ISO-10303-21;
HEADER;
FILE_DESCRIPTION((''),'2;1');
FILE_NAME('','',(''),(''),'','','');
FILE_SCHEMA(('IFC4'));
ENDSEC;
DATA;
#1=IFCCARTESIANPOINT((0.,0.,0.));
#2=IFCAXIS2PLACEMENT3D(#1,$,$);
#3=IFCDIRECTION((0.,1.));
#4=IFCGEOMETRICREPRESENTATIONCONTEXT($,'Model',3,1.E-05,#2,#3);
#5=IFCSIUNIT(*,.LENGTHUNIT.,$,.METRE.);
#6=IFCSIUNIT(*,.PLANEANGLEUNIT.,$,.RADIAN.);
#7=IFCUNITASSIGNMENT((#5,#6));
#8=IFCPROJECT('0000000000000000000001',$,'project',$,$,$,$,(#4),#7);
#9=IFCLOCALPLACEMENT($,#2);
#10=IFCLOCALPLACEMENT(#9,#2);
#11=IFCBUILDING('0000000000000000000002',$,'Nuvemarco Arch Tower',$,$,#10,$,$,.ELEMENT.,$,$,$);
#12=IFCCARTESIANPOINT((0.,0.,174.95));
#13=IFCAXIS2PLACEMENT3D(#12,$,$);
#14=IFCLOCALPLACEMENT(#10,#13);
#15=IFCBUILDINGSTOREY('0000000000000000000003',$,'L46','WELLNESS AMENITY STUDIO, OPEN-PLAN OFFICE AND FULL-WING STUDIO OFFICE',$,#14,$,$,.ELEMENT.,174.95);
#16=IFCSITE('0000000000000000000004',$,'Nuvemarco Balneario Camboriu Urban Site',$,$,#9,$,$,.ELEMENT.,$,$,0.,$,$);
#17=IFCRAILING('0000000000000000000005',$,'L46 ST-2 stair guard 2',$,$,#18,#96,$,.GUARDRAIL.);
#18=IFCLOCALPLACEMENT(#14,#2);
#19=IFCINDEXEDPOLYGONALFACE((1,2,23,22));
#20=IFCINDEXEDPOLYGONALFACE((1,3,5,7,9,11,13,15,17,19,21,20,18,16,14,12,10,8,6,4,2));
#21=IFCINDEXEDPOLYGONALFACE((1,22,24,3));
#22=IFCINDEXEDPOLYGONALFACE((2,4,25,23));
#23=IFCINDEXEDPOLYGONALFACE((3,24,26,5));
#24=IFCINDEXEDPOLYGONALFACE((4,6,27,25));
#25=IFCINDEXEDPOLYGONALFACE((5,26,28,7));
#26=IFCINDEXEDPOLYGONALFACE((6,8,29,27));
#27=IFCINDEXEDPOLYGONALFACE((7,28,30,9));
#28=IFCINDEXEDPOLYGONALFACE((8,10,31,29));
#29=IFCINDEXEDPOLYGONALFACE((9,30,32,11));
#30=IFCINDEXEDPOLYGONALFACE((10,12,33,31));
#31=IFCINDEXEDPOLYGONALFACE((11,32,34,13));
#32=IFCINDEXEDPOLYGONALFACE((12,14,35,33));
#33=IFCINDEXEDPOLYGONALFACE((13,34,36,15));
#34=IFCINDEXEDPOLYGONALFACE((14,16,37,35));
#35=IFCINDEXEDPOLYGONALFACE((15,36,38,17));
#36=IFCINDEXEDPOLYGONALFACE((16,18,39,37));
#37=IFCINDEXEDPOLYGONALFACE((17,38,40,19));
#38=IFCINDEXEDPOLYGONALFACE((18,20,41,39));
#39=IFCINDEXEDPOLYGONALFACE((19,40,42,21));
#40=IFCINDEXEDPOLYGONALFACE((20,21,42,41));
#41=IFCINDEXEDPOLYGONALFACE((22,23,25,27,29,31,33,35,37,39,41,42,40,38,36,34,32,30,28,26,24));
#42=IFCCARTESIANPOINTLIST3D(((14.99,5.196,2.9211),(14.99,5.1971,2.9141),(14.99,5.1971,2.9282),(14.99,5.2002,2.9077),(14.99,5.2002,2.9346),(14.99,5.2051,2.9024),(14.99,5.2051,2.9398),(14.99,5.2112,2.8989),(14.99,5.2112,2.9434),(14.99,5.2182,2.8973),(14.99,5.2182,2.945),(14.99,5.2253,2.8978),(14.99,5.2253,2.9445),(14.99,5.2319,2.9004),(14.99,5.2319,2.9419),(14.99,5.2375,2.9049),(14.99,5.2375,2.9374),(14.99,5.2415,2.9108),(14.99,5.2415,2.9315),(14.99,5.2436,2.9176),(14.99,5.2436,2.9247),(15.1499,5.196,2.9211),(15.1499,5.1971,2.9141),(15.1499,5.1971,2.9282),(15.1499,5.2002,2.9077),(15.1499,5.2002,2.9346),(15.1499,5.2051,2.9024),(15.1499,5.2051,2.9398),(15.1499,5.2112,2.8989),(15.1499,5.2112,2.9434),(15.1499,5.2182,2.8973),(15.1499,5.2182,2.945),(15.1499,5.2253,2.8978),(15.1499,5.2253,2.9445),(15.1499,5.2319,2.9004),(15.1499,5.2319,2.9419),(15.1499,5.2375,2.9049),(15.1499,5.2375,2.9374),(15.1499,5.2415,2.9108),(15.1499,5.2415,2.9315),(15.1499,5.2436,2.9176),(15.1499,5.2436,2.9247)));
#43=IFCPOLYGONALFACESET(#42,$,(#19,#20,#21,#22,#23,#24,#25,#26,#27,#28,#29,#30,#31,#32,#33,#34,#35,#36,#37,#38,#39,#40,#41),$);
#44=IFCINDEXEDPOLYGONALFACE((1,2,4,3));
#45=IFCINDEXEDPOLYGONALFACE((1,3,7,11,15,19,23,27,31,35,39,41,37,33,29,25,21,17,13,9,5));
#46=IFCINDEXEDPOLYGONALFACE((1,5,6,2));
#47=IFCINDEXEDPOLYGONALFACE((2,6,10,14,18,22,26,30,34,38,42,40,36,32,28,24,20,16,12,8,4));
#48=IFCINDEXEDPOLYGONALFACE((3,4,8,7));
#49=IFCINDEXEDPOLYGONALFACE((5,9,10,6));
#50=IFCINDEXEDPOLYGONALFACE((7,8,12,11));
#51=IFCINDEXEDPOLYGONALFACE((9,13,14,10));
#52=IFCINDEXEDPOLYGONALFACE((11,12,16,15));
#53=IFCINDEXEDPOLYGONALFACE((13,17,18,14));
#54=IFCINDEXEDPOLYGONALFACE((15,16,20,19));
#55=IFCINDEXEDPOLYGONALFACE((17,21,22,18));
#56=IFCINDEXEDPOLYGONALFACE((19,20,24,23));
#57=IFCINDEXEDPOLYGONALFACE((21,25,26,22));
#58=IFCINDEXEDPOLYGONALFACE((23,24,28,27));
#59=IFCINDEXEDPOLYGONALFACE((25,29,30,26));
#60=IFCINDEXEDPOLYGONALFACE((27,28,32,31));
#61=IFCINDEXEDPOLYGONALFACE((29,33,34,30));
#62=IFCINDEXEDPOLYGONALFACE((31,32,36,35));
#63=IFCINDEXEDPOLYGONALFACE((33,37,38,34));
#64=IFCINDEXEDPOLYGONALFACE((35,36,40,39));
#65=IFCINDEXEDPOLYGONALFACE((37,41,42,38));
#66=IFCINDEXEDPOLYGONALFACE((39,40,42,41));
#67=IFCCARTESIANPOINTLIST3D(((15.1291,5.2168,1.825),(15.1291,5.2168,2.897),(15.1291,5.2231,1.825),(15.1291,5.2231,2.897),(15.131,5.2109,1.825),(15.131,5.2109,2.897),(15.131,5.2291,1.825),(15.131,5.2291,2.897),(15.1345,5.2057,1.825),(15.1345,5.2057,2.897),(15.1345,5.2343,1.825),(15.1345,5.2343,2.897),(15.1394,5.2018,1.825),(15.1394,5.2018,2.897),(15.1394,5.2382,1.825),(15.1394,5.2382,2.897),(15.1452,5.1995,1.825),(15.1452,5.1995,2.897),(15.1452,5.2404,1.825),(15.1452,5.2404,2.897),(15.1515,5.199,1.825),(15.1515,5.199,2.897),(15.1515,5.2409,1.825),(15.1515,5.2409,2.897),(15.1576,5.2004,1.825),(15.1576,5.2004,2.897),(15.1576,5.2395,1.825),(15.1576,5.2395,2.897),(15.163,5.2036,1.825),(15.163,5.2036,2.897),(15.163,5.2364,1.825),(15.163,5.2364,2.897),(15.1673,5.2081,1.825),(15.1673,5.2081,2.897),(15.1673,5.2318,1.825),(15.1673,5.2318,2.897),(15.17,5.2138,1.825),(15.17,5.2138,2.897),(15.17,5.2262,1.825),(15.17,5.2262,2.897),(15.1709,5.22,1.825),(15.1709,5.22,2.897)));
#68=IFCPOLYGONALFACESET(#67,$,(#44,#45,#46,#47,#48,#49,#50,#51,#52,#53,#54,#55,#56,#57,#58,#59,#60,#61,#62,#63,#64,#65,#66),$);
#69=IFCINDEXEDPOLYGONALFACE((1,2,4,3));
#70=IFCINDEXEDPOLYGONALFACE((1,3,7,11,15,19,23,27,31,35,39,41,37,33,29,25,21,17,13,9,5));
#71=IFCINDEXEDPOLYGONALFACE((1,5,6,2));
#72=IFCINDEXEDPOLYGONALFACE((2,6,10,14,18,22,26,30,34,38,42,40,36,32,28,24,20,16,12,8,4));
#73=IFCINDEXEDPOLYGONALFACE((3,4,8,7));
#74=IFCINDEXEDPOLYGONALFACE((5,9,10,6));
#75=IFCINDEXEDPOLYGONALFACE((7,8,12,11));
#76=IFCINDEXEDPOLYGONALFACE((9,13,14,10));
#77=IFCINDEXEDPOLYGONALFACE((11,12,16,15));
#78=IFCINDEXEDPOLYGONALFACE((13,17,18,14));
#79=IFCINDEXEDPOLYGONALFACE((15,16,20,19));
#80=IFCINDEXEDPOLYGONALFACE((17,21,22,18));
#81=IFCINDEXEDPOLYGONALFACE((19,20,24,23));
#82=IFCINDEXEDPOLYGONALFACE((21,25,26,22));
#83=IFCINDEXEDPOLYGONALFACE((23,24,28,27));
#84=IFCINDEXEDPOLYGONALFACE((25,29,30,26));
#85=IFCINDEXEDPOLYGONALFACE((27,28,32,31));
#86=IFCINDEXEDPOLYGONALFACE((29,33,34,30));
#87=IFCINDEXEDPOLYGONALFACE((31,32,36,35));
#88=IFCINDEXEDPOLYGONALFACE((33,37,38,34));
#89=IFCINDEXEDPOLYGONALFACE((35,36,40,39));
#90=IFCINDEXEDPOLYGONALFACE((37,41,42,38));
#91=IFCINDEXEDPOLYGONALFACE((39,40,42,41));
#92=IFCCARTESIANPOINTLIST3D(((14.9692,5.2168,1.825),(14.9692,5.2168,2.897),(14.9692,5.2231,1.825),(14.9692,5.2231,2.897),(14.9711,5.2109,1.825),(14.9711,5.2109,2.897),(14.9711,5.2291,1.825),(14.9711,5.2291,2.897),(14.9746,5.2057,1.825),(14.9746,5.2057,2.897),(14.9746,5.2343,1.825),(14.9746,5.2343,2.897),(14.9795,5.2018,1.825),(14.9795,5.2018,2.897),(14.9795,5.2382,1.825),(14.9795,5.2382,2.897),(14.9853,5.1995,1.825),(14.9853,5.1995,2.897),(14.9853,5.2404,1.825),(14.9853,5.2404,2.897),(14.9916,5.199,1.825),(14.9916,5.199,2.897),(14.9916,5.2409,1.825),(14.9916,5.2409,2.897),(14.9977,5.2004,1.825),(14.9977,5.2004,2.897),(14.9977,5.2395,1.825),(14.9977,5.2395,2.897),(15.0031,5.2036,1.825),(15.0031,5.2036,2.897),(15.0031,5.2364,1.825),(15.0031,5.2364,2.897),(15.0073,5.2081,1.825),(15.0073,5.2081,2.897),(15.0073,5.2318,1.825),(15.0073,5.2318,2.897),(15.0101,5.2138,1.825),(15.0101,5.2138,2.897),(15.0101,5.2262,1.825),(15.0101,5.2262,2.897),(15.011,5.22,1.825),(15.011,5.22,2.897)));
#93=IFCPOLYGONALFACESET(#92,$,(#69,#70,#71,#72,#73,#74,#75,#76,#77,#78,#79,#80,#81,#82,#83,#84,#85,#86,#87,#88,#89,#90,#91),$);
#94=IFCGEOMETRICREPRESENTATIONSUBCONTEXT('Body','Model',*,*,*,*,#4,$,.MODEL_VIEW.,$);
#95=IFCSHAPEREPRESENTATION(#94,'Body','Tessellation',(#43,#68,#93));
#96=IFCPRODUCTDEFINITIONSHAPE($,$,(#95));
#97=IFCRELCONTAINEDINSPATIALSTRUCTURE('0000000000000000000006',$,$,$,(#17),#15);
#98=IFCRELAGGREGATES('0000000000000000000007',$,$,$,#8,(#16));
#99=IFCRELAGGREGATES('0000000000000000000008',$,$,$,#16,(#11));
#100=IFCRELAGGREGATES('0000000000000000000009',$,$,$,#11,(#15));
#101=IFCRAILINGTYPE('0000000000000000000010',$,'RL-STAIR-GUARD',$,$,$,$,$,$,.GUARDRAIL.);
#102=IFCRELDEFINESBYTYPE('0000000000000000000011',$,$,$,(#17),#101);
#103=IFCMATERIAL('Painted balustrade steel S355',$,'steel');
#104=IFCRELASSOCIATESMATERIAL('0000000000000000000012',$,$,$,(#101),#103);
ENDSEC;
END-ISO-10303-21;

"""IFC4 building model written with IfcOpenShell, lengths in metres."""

from ifc_helpers import new_model, si_unit, direction, frame, origin, origin_2d, place, context, subcontext, project, spatial, circle, extrude, material, type_object, element, save


model = new_model("IFC4")

# Units and contexts
model_context = context("Model", 3, precision=1e-05, world=origin(), true_north=direction((0.0, 1.0)))
body_context = subcontext(model_context, "Body", "Model", "MODEL_VIEW")
ifc_project = project(units=[si_unit("LENGTHUNIT", "METRE"), si_unit("PLANEANGLEUNIT", "RADIAN")], contexts=[model_context])

# Site, building, storey
site_placement = place(None, origin())
site = spatial("IfcSite", under=ifc_project, at=site_placement, Name="Nuvemarco Balneario Camboriu Urban Site", CompositionType="ELEMENT", RefElevation=0.0)
building_placement = place(site_placement, origin())
building = spatial("IfcBuilding", under=site, at=building_placement, Name="Nuvemarco Arch Tower", CompositionType="ELEMENT")
storey_placement = place(building_placement, frame((0.0, 0.0, 174.95)))
storey = spatial("IfcBuildingStorey", under=building, at=storey_placement, Name="L46", Description="WELLNESS AMENITY STUDIO, OPEN-PLAN OFFICE AND FULL-WING STUDIO OFFICE", CompositionType="ELEMENT", Elevation=174.95)

# Railing
ifc_material_1 = material(Name="Painted balustrade steel S355", Category="steel")
railing_type_1 = type_object("IfcRailingType", Name="RL-STAIR-GUARD", PredefinedType="GUARDRAIL", material=ifc_material_1)
railing_1_placement = place(storey_placement, frame((15.1499, 5.22, 1.825)))
element("IfcRailing", 1, at=railing_1_placement, inside=storey, type_object=railing_type_1, Name="L46 ST-2 stair guard 2", PredefinedType="GUARDRAIL", context=body_context, shape_type="SweptSolid", body=[
    extrude(circle(Radius=0.0239, at=origin_2d()), frame((0.0, 0.0, 1.0962), z_axis=(-1.0, 0.0, 0.0), x_axis=(0.0, -1.0, 0.0)), (0.0, 0.0, 1.0), 0.1599),
    extrude(circle(Radius=0.021, at=origin_2d()), origin(), (0.0, 0.0, 1.0), 1.072),
    extrude(circle(Radius=0.021, at=origin_2d()), frame((-0.1599, 0.0, 0.0)), (0.0, 0.0, 1.0), 1.072),
])

save(model, "model.ifc")
